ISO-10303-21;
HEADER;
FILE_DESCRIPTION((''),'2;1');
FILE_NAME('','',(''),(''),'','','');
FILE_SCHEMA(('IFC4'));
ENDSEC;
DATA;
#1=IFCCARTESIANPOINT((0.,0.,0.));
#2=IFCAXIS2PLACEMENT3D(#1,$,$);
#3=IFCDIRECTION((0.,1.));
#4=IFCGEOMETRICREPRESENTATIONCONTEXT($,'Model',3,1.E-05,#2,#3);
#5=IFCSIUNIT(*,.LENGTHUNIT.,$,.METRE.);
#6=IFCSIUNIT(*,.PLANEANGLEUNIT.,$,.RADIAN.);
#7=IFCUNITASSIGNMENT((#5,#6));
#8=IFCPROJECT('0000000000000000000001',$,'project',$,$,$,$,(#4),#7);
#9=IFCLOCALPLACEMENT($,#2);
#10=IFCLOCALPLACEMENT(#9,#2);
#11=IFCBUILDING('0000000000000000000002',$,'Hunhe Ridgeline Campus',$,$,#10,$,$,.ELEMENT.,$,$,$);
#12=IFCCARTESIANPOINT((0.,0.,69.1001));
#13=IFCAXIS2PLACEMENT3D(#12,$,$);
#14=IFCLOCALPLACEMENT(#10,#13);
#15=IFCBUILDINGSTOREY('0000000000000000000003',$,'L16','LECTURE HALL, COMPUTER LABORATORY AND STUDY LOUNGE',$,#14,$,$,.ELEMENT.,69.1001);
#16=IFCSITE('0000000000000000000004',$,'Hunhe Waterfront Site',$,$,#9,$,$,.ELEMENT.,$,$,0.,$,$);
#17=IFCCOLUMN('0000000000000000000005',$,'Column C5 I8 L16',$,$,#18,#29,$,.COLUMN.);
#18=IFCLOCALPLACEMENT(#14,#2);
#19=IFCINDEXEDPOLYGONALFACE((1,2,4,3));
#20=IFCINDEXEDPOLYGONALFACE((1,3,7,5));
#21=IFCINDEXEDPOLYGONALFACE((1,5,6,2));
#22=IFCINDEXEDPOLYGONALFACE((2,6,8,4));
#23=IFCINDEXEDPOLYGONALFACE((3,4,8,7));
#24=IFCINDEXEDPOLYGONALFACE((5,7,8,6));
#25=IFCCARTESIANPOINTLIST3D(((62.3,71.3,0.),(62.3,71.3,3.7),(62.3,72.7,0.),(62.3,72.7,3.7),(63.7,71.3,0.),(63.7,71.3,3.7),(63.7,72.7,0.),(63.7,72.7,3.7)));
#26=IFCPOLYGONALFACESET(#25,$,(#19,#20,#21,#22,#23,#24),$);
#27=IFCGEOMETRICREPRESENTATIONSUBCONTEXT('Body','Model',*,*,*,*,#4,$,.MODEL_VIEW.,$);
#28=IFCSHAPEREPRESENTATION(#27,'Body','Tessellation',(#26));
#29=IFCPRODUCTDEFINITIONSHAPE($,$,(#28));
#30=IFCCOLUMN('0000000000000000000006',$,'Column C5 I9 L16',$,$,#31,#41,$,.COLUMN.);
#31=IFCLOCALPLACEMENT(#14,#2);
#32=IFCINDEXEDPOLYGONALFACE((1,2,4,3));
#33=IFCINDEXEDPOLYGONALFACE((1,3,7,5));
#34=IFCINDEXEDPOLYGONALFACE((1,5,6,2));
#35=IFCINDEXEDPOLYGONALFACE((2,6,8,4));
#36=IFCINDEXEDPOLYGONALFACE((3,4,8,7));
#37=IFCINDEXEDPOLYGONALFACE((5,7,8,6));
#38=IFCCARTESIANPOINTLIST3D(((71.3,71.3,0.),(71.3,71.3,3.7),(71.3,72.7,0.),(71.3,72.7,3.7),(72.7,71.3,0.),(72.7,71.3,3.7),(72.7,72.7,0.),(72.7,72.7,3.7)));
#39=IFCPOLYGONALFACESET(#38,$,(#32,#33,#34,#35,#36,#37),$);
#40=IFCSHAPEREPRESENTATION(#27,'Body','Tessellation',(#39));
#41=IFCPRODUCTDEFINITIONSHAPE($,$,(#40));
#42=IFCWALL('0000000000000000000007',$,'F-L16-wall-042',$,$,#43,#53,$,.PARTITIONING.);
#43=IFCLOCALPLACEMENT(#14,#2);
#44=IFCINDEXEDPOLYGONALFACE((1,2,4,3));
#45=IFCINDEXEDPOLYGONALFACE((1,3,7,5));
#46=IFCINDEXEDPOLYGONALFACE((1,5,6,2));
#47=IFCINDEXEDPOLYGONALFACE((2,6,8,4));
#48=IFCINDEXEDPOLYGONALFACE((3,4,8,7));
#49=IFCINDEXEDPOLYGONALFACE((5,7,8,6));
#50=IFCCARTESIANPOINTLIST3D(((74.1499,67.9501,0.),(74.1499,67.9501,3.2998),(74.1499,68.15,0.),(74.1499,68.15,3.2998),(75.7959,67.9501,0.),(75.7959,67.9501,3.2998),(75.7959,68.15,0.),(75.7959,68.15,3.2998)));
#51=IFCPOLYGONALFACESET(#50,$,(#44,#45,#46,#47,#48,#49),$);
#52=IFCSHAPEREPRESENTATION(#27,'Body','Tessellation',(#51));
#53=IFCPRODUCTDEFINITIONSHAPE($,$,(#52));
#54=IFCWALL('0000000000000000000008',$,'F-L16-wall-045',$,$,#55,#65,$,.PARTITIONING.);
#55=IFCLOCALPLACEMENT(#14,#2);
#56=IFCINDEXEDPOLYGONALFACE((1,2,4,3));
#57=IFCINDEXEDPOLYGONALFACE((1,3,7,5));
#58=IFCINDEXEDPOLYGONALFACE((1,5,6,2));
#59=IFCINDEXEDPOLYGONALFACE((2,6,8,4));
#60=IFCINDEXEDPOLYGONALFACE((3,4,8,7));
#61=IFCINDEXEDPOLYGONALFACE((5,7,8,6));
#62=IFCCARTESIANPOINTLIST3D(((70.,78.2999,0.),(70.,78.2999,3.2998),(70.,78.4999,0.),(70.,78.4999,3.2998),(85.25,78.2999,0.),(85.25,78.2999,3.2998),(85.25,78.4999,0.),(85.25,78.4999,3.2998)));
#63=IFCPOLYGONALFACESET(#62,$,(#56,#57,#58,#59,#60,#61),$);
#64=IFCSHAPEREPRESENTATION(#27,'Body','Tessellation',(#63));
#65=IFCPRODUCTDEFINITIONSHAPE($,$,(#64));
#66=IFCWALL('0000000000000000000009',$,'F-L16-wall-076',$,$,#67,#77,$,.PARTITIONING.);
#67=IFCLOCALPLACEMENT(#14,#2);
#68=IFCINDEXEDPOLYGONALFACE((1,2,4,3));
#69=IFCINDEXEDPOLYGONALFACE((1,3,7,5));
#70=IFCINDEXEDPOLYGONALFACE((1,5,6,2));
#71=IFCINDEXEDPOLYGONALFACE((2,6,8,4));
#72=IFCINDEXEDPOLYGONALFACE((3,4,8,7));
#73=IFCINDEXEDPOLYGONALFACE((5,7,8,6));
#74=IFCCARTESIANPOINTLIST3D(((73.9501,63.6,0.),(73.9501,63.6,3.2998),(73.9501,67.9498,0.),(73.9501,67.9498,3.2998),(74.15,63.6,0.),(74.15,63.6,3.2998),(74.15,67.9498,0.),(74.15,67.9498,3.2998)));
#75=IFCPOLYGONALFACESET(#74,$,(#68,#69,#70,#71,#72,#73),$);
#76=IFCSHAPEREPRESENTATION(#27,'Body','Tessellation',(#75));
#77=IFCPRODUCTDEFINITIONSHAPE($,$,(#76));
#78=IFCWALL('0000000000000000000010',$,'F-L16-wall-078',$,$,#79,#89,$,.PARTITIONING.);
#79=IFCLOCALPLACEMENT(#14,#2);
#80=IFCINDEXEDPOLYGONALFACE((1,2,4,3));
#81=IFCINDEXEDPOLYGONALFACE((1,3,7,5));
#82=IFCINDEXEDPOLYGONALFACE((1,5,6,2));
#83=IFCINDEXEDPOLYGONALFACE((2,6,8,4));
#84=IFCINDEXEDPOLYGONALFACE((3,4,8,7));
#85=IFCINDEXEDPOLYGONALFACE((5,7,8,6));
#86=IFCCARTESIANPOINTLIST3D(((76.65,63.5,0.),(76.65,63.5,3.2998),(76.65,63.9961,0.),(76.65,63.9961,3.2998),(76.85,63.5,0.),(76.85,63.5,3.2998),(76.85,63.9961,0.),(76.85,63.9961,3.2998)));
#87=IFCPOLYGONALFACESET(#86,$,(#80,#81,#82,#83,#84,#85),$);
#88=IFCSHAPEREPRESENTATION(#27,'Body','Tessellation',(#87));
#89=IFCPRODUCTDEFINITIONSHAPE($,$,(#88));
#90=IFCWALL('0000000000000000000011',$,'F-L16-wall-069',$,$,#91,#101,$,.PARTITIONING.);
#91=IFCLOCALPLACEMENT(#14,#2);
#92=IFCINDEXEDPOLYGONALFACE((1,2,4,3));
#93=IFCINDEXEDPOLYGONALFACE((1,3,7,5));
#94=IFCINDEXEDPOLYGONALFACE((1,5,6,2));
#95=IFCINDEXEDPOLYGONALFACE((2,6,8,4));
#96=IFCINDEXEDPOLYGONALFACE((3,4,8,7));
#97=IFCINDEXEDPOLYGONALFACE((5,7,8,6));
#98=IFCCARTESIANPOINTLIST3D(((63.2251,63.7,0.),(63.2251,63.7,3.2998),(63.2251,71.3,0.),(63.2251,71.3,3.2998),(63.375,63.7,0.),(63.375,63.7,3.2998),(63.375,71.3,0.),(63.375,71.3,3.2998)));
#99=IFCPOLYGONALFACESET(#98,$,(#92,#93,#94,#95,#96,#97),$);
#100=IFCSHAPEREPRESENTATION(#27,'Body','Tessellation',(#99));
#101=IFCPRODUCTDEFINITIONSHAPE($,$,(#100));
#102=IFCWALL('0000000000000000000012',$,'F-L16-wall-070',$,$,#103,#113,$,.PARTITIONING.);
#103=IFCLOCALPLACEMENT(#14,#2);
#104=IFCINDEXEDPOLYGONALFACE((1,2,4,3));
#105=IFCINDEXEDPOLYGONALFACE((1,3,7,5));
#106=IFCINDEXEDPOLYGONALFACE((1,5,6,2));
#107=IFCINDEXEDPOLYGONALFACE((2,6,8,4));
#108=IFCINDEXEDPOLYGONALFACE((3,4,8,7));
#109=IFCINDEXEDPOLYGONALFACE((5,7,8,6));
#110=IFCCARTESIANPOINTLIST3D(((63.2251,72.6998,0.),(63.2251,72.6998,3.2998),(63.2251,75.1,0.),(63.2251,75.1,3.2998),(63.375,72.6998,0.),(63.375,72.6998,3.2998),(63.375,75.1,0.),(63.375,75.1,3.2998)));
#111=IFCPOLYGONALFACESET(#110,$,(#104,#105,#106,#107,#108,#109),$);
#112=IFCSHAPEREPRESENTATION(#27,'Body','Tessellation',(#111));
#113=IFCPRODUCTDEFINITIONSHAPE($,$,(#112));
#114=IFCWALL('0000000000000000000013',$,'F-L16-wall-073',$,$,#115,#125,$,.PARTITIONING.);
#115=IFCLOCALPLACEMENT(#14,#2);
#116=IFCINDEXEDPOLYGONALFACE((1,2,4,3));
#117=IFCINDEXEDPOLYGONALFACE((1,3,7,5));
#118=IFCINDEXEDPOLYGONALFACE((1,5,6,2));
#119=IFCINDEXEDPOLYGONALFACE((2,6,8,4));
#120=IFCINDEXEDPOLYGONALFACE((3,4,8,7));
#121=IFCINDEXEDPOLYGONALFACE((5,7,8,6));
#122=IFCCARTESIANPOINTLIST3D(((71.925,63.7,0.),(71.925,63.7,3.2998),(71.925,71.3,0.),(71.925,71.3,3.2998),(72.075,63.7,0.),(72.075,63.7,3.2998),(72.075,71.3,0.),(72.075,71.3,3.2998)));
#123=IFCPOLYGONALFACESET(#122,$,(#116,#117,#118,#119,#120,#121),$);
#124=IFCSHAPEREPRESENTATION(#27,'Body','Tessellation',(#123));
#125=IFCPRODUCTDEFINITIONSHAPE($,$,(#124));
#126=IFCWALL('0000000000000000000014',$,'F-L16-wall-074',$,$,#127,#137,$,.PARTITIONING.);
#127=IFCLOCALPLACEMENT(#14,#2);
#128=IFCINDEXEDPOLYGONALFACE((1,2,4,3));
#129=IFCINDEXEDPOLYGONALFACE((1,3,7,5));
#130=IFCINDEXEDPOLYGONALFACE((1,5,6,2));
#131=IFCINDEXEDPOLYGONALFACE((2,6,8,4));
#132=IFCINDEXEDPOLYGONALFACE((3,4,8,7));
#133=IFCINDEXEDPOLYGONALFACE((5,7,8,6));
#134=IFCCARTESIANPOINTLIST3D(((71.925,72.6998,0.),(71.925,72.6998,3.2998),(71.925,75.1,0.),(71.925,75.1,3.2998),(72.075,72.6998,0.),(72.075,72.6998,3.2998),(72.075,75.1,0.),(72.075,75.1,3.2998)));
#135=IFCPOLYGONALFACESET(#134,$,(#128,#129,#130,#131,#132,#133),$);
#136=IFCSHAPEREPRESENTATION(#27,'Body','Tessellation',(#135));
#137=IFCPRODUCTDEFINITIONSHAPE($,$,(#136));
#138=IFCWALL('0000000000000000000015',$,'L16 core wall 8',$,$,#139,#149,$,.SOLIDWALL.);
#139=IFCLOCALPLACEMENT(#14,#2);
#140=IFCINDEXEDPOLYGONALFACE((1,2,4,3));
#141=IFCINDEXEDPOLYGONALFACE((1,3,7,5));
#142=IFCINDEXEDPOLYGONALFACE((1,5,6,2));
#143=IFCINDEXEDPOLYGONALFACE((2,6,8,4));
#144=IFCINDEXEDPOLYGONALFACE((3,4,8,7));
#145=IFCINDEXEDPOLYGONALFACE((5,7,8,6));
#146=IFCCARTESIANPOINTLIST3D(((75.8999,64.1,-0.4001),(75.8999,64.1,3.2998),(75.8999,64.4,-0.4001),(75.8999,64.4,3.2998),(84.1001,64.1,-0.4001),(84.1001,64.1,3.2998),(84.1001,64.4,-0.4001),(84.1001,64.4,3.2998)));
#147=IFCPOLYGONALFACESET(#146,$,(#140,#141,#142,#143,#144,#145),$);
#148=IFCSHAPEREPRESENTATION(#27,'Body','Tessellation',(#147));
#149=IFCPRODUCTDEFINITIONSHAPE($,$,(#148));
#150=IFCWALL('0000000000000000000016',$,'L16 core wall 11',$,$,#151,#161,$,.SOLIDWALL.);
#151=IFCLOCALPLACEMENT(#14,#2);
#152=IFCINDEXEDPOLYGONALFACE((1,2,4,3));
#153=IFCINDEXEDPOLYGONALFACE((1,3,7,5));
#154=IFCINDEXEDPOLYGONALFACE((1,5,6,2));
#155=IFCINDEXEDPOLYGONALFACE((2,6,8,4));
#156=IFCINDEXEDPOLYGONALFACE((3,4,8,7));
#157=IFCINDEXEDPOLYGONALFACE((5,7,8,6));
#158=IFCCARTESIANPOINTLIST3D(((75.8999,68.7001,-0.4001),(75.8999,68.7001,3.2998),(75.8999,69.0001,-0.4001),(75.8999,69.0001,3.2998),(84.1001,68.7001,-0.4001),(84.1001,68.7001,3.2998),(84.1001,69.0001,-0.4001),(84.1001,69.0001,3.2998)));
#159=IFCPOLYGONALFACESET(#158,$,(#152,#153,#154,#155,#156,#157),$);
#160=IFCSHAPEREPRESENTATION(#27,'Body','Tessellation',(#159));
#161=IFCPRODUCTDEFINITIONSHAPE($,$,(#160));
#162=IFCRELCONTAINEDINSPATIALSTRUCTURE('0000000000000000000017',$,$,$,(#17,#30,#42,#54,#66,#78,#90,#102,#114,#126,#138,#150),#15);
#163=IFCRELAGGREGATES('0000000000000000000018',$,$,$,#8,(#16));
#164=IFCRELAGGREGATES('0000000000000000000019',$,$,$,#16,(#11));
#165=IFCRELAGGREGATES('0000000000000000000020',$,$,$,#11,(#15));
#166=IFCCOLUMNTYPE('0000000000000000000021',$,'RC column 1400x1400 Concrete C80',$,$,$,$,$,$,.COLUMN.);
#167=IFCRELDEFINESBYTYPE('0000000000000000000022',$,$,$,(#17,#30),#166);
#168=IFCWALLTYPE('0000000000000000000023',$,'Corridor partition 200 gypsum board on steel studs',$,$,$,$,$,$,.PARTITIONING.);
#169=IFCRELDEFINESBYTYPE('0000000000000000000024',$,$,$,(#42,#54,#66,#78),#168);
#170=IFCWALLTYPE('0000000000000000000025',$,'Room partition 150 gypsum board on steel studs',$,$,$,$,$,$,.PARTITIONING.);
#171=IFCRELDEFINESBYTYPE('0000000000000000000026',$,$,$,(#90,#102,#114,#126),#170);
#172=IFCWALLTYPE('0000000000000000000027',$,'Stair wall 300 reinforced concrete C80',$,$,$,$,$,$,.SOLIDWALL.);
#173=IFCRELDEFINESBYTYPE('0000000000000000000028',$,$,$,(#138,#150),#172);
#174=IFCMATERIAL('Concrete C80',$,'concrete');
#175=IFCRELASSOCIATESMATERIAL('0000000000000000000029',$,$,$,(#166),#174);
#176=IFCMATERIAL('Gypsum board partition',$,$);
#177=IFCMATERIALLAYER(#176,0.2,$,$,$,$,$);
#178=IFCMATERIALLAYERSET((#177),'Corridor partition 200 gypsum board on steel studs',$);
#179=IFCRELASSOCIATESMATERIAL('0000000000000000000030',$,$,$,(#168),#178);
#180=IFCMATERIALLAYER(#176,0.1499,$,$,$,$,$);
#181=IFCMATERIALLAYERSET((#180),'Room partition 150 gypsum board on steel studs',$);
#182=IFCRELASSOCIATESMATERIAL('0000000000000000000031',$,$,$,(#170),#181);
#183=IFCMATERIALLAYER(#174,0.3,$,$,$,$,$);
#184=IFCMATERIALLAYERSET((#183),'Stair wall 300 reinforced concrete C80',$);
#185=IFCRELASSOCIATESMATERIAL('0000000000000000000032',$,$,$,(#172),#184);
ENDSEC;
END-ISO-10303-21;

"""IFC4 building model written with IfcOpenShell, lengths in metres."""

from ifc_helpers import new_model, si_unit, direction, frame, frame_2d, origin, origin_2d, place, context, subcontext, project, spatial, rectangle, extrude, material, layer, layer_set, material_profile, profile_set, type_object, element, save


model = new_model("IFC4")

# Units and contexts
model_context = context("Model", 3, precision=1e-05, world=origin(), true_north=direction((0.0, 1.0)))
body_context = subcontext(model_context, "Body", "Model", "MODEL_VIEW")
ifc_project = project(units=[si_unit("LENGTHUNIT", "METRE"), si_unit("PLANEANGLEUNIT", "RADIAN")], contexts=[model_context])

# Site, building, storey
site_placement = place(None, origin())
site = spatial("IfcSite", under=ifc_project, at=site_placement, Name="Hunhe Waterfront Site", CompositionType="ELEMENT", RefElevation=0.0)
building_placement = place(site_placement, origin())
building = spatial("IfcBuilding", under=site, at=building_placement, Name="Hunhe Ridgeline Campus", CompositionType="ELEMENT")
storey_placement = place(building_placement, frame((0.0, 0.0, 69.1001)))
storey = spatial("IfcBuildingStorey", under=building, at=storey_placement, Name="L16", Description="LECTURE HALL, COMPUTER LABORATORY AND STUDY LOUNGE", CompositionType="ELEMENT", Elevation=69.1001)

# Columns
ifc_material_1 = material(Name="Concrete C80", Category="concrete")
ifc_material_profile = material_profile(ifc_material_1, rectangle(XDim=1.3999, YDim=1.3999, at=origin_2d()))
ifc_profile_set = profile_set([ifc_material_profile], Name="Concrete C80")
column_type = type_object("IfcColumnType", Name="RC column 1400x1400 Concrete C80", PredefinedType="COLUMN", material=ifc_profile_set)
for number, where, z_axis, x_axis, name in (
    (1, (63.0, 72.0, 0.0), (0.0, 0.0, 1.0), (1.0, 0.0, 0.0), "Column C5 I8 L16"),
    (2, (72.0, 72.0, 0.0), (0.0, 0.0, 1.0), (1.0, 0.0, 0.0), "Column C5 I9 L16"),
):
    element("IfcColumn", number, at=place(storey_placement, frame(where, z_axis=z_axis, x_axis=x_axis)), inside=storey, type_object=column_type, Name=name, PredefinedType="COLUMN", context=body_context, shape_type="SweptSolid", body=[
        extrude(rectangle(XDim=1.3999, YDim=1.3999, at=origin_2d()), origin(), (0.0, 0.0, 1.0), 3.7),
    ])

# Walls
ifc_material_2 = material(Name="Gypsum board partition")
ifc_layer_1 = layer(ifc_material_2, 0.2)
ifc_layer_set_1 = layer_set([ifc_layer_1], Name="Corridor partition 200 gypsum board on steel studs")
wall_type_1 = type_object("IfcWallType", Name="Corridor partition 200 gypsum board on steel studs", PredefinedType="PARTITIONING", material=ifc_layer_set_1)
wall_1_placement = place(storey_placement, frame((74.1499, 68.05, 0.0), z_axis=(0.0, 0.0, 1.0), x_axis=(1.0, 0.0, 0.0)))
element("IfcWall", 3, at=wall_1_placement, inside=storey, type_object=wall_type_1, Name="F-L16-wall-042", PredefinedType="PARTITIONING", context=body_context, shape_type="SweptSolid", body=[
    extrude(rectangle(XDim=1.646, YDim=0.2, at=frame_2d((0.823, 0.0))), origin(), (0.0, 0.0, 1.0), 3.2998),
])
wall_2_placement = place(storey_placement, frame((70.0, 78.3999, 0.0), z_axis=(0.0, 0.0, 1.0), x_axis=(1.0, 0.0, 0.0)))
element("IfcWall", 4, at=wall_2_placement, inside=storey, type_object=wall_type_1, Name="F-L16-wall-045", PredefinedType="PARTITIONING", context=body_context, shape_type="SweptSolid", body=[
    extrude(rectangle(XDim=15.25, YDim=0.2, at=frame_2d((7.625, 0.0))), origin(), (0.0, 0.0, 1.0), 3.2998),
])
wall_3_placement = place(storey_placement, frame((74.05, 63.6001, 0.0), z_axis=(0.0, 0.0, 1.0), x_axis=(0.0, 1.0, 0.0)))
element("IfcWall", 5, at=wall_3_placement, inside=storey, type_object=wall_type_1, Name="F-L16-wall-076", PredefinedType="PARTITIONING", context=body_context, shape_type="SweptSolid", body=[
    extrude(rectangle(XDim=4.3499, YDim=0.2, at=frame_2d((2.1748, 0.0))), origin(), (0.0, 0.0, 1.0), 3.2998),
])
wall_4_placement = place(storey_placement, frame((76.75, 63.9961, 0.0), z_axis=(0.0, 0.0, 1.0), x_axis=(0.0, -1.0, 0.0)))
element("IfcWall", 6, at=wall_4_placement, inside=storey, type_object=wall_type_1, Name="F-L16-wall-078", PredefinedType="PARTITIONING", context=body_context, shape_type="SweptSolid", body=[
    extrude(rectangle(XDim=0.4961, YDim=0.2, at=frame_2d((0.248, 0.0))), origin(), (0.0, 0.0, 1.0), 3.2998),
])
ifc_layer_2 = layer(ifc_material_2, 0.1499)
ifc_layer_set_2 = layer_set([ifc_layer_2], Name="Room partition 150 gypsum board on steel studs")
wall_type_2 = type_object("IfcWallType", Name="Room partition 150 gypsum board on steel studs", PredefinedType="PARTITIONING", material=ifc_layer_set_2)
wall_5_placement = place(storey_placement, frame((63.3, 71.3, 0.0), z_axis=(0.0, 0.0, 1.0), x_axis=(0.0, -1.0, 0.0)))
element("IfcWall", 7, at=wall_5_placement, inside=storey, type_object=wall_type_2, Name="F-L16-wall-069", PredefinedType="PARTITIONING", context=body_context, shape_type="SweptSolid", body=[
    extrude(rectangle(XDim=7.6001, YDim=0.1499, at=frame_2d((3.8, 0.0))), origin(), (0.0, 0.0, 1.0), 3.2998),
])
wall_6_placement = place(storey_placement, frame((63.3, 75.1001, 0.0), z_axis=(0.0, 0.0, 1.0), x_axis=(0.0, -1.0, 0.0)))
element("IfcWall", 8, at=wall_6_placement, inside=storey, type_object=wall_type_2, Name="F-L16-wall-070", PredefinedType="PARTITIONING", context=body_context, shape_type="SweptSolid", body=[
    extrude(rectangle(XDim=2.4001, YDim=0.1499, at=frame_2d((1.2002, 0.0))), origin(), (0.0, 0.0, 1.0), 3.2998),
])
wall_7_placement = place(storey_placement, frame((72.0, 71.3, 0.0), z_axis=(0.0, 0.0, 1.0), x_axis=(0.0, -1.0, 0.0)))
element("IfcWall", 9, at=wall_7_placement, inside=storey, type_object=wall_type_2, Name="F-L16-wall-073", PredefinedType="PARTITIONING", context=body_context, shape_type="SweptSolid", body=[
    extrude(rectangle(XDim=7.6001, YDim=0.1499, at=frame_2d((3.8, 0.0))), origin(), (0.0, 0.0, 1.0), 3.2998),
])
wall_8_placement = place(storey_placement, frame((72.0, 75.1001, 0.0), z_axis=(0.0, 0.0, 1.0), x_axis=(0.0, -1.0, 0.0)))
element("IfcWall", 10, at=wall_8_placement, inside=storey, type_object=wall_type_2, Name="F-L16-wall-074", PredefinedType="PARTITIONING", context=body_context, shape_type="SweptSolid", body=[
    extrude(rectangle(XDim=2.4001, YDim=0.1499, at=frame_2d((1.2002, 0.0))), origin(), (0.0, 0.0, 1.0), 3.2998),
])
ifc_layer_3 = layer(ifc_material_1, 0.3)
ifc_layer_set_3 = layer_set([ifc_layer_3], Name="Stair wall 300 reinforced concrete C80")
wall_type_3 = type_object("IfcWallType", Name="Stair wall 300 reinforced concrete C80", PredefinedType="SOLIDWALL", material=ifc_layer_set_3)
for number, where, z_axis, x_axis, name in (
    (11, (75.8999, 64.25, -0.4001), (0.0, 0.0, 1.0), (1.0, 0.0, 0.0), "L16 core wall 8"),
    (12, (75.8999, 68.8501, -0.4001), (0.0, 0.0, 1.0), (1.0, 0.0, 0.0), "L16 core wall 11"),
):
    element("IfcWall", number, at=place(storey_placement, frame(where, z_axis=z_axis, x_axis=x_axis)), inside=storey, type_object=wall_type_3, Name=name, PredefinedType="SOLIDWALL", context=body_context, shape_type="SweptSolid", body=[
        extrude(rectangle(XDim=8.2002, YDim=0.3, at=frame_2d((4.1001, 0.0))), origin(), (0.0, 0.0, 1.0), 3.7),
    ])

save(model, "model.ifc")
